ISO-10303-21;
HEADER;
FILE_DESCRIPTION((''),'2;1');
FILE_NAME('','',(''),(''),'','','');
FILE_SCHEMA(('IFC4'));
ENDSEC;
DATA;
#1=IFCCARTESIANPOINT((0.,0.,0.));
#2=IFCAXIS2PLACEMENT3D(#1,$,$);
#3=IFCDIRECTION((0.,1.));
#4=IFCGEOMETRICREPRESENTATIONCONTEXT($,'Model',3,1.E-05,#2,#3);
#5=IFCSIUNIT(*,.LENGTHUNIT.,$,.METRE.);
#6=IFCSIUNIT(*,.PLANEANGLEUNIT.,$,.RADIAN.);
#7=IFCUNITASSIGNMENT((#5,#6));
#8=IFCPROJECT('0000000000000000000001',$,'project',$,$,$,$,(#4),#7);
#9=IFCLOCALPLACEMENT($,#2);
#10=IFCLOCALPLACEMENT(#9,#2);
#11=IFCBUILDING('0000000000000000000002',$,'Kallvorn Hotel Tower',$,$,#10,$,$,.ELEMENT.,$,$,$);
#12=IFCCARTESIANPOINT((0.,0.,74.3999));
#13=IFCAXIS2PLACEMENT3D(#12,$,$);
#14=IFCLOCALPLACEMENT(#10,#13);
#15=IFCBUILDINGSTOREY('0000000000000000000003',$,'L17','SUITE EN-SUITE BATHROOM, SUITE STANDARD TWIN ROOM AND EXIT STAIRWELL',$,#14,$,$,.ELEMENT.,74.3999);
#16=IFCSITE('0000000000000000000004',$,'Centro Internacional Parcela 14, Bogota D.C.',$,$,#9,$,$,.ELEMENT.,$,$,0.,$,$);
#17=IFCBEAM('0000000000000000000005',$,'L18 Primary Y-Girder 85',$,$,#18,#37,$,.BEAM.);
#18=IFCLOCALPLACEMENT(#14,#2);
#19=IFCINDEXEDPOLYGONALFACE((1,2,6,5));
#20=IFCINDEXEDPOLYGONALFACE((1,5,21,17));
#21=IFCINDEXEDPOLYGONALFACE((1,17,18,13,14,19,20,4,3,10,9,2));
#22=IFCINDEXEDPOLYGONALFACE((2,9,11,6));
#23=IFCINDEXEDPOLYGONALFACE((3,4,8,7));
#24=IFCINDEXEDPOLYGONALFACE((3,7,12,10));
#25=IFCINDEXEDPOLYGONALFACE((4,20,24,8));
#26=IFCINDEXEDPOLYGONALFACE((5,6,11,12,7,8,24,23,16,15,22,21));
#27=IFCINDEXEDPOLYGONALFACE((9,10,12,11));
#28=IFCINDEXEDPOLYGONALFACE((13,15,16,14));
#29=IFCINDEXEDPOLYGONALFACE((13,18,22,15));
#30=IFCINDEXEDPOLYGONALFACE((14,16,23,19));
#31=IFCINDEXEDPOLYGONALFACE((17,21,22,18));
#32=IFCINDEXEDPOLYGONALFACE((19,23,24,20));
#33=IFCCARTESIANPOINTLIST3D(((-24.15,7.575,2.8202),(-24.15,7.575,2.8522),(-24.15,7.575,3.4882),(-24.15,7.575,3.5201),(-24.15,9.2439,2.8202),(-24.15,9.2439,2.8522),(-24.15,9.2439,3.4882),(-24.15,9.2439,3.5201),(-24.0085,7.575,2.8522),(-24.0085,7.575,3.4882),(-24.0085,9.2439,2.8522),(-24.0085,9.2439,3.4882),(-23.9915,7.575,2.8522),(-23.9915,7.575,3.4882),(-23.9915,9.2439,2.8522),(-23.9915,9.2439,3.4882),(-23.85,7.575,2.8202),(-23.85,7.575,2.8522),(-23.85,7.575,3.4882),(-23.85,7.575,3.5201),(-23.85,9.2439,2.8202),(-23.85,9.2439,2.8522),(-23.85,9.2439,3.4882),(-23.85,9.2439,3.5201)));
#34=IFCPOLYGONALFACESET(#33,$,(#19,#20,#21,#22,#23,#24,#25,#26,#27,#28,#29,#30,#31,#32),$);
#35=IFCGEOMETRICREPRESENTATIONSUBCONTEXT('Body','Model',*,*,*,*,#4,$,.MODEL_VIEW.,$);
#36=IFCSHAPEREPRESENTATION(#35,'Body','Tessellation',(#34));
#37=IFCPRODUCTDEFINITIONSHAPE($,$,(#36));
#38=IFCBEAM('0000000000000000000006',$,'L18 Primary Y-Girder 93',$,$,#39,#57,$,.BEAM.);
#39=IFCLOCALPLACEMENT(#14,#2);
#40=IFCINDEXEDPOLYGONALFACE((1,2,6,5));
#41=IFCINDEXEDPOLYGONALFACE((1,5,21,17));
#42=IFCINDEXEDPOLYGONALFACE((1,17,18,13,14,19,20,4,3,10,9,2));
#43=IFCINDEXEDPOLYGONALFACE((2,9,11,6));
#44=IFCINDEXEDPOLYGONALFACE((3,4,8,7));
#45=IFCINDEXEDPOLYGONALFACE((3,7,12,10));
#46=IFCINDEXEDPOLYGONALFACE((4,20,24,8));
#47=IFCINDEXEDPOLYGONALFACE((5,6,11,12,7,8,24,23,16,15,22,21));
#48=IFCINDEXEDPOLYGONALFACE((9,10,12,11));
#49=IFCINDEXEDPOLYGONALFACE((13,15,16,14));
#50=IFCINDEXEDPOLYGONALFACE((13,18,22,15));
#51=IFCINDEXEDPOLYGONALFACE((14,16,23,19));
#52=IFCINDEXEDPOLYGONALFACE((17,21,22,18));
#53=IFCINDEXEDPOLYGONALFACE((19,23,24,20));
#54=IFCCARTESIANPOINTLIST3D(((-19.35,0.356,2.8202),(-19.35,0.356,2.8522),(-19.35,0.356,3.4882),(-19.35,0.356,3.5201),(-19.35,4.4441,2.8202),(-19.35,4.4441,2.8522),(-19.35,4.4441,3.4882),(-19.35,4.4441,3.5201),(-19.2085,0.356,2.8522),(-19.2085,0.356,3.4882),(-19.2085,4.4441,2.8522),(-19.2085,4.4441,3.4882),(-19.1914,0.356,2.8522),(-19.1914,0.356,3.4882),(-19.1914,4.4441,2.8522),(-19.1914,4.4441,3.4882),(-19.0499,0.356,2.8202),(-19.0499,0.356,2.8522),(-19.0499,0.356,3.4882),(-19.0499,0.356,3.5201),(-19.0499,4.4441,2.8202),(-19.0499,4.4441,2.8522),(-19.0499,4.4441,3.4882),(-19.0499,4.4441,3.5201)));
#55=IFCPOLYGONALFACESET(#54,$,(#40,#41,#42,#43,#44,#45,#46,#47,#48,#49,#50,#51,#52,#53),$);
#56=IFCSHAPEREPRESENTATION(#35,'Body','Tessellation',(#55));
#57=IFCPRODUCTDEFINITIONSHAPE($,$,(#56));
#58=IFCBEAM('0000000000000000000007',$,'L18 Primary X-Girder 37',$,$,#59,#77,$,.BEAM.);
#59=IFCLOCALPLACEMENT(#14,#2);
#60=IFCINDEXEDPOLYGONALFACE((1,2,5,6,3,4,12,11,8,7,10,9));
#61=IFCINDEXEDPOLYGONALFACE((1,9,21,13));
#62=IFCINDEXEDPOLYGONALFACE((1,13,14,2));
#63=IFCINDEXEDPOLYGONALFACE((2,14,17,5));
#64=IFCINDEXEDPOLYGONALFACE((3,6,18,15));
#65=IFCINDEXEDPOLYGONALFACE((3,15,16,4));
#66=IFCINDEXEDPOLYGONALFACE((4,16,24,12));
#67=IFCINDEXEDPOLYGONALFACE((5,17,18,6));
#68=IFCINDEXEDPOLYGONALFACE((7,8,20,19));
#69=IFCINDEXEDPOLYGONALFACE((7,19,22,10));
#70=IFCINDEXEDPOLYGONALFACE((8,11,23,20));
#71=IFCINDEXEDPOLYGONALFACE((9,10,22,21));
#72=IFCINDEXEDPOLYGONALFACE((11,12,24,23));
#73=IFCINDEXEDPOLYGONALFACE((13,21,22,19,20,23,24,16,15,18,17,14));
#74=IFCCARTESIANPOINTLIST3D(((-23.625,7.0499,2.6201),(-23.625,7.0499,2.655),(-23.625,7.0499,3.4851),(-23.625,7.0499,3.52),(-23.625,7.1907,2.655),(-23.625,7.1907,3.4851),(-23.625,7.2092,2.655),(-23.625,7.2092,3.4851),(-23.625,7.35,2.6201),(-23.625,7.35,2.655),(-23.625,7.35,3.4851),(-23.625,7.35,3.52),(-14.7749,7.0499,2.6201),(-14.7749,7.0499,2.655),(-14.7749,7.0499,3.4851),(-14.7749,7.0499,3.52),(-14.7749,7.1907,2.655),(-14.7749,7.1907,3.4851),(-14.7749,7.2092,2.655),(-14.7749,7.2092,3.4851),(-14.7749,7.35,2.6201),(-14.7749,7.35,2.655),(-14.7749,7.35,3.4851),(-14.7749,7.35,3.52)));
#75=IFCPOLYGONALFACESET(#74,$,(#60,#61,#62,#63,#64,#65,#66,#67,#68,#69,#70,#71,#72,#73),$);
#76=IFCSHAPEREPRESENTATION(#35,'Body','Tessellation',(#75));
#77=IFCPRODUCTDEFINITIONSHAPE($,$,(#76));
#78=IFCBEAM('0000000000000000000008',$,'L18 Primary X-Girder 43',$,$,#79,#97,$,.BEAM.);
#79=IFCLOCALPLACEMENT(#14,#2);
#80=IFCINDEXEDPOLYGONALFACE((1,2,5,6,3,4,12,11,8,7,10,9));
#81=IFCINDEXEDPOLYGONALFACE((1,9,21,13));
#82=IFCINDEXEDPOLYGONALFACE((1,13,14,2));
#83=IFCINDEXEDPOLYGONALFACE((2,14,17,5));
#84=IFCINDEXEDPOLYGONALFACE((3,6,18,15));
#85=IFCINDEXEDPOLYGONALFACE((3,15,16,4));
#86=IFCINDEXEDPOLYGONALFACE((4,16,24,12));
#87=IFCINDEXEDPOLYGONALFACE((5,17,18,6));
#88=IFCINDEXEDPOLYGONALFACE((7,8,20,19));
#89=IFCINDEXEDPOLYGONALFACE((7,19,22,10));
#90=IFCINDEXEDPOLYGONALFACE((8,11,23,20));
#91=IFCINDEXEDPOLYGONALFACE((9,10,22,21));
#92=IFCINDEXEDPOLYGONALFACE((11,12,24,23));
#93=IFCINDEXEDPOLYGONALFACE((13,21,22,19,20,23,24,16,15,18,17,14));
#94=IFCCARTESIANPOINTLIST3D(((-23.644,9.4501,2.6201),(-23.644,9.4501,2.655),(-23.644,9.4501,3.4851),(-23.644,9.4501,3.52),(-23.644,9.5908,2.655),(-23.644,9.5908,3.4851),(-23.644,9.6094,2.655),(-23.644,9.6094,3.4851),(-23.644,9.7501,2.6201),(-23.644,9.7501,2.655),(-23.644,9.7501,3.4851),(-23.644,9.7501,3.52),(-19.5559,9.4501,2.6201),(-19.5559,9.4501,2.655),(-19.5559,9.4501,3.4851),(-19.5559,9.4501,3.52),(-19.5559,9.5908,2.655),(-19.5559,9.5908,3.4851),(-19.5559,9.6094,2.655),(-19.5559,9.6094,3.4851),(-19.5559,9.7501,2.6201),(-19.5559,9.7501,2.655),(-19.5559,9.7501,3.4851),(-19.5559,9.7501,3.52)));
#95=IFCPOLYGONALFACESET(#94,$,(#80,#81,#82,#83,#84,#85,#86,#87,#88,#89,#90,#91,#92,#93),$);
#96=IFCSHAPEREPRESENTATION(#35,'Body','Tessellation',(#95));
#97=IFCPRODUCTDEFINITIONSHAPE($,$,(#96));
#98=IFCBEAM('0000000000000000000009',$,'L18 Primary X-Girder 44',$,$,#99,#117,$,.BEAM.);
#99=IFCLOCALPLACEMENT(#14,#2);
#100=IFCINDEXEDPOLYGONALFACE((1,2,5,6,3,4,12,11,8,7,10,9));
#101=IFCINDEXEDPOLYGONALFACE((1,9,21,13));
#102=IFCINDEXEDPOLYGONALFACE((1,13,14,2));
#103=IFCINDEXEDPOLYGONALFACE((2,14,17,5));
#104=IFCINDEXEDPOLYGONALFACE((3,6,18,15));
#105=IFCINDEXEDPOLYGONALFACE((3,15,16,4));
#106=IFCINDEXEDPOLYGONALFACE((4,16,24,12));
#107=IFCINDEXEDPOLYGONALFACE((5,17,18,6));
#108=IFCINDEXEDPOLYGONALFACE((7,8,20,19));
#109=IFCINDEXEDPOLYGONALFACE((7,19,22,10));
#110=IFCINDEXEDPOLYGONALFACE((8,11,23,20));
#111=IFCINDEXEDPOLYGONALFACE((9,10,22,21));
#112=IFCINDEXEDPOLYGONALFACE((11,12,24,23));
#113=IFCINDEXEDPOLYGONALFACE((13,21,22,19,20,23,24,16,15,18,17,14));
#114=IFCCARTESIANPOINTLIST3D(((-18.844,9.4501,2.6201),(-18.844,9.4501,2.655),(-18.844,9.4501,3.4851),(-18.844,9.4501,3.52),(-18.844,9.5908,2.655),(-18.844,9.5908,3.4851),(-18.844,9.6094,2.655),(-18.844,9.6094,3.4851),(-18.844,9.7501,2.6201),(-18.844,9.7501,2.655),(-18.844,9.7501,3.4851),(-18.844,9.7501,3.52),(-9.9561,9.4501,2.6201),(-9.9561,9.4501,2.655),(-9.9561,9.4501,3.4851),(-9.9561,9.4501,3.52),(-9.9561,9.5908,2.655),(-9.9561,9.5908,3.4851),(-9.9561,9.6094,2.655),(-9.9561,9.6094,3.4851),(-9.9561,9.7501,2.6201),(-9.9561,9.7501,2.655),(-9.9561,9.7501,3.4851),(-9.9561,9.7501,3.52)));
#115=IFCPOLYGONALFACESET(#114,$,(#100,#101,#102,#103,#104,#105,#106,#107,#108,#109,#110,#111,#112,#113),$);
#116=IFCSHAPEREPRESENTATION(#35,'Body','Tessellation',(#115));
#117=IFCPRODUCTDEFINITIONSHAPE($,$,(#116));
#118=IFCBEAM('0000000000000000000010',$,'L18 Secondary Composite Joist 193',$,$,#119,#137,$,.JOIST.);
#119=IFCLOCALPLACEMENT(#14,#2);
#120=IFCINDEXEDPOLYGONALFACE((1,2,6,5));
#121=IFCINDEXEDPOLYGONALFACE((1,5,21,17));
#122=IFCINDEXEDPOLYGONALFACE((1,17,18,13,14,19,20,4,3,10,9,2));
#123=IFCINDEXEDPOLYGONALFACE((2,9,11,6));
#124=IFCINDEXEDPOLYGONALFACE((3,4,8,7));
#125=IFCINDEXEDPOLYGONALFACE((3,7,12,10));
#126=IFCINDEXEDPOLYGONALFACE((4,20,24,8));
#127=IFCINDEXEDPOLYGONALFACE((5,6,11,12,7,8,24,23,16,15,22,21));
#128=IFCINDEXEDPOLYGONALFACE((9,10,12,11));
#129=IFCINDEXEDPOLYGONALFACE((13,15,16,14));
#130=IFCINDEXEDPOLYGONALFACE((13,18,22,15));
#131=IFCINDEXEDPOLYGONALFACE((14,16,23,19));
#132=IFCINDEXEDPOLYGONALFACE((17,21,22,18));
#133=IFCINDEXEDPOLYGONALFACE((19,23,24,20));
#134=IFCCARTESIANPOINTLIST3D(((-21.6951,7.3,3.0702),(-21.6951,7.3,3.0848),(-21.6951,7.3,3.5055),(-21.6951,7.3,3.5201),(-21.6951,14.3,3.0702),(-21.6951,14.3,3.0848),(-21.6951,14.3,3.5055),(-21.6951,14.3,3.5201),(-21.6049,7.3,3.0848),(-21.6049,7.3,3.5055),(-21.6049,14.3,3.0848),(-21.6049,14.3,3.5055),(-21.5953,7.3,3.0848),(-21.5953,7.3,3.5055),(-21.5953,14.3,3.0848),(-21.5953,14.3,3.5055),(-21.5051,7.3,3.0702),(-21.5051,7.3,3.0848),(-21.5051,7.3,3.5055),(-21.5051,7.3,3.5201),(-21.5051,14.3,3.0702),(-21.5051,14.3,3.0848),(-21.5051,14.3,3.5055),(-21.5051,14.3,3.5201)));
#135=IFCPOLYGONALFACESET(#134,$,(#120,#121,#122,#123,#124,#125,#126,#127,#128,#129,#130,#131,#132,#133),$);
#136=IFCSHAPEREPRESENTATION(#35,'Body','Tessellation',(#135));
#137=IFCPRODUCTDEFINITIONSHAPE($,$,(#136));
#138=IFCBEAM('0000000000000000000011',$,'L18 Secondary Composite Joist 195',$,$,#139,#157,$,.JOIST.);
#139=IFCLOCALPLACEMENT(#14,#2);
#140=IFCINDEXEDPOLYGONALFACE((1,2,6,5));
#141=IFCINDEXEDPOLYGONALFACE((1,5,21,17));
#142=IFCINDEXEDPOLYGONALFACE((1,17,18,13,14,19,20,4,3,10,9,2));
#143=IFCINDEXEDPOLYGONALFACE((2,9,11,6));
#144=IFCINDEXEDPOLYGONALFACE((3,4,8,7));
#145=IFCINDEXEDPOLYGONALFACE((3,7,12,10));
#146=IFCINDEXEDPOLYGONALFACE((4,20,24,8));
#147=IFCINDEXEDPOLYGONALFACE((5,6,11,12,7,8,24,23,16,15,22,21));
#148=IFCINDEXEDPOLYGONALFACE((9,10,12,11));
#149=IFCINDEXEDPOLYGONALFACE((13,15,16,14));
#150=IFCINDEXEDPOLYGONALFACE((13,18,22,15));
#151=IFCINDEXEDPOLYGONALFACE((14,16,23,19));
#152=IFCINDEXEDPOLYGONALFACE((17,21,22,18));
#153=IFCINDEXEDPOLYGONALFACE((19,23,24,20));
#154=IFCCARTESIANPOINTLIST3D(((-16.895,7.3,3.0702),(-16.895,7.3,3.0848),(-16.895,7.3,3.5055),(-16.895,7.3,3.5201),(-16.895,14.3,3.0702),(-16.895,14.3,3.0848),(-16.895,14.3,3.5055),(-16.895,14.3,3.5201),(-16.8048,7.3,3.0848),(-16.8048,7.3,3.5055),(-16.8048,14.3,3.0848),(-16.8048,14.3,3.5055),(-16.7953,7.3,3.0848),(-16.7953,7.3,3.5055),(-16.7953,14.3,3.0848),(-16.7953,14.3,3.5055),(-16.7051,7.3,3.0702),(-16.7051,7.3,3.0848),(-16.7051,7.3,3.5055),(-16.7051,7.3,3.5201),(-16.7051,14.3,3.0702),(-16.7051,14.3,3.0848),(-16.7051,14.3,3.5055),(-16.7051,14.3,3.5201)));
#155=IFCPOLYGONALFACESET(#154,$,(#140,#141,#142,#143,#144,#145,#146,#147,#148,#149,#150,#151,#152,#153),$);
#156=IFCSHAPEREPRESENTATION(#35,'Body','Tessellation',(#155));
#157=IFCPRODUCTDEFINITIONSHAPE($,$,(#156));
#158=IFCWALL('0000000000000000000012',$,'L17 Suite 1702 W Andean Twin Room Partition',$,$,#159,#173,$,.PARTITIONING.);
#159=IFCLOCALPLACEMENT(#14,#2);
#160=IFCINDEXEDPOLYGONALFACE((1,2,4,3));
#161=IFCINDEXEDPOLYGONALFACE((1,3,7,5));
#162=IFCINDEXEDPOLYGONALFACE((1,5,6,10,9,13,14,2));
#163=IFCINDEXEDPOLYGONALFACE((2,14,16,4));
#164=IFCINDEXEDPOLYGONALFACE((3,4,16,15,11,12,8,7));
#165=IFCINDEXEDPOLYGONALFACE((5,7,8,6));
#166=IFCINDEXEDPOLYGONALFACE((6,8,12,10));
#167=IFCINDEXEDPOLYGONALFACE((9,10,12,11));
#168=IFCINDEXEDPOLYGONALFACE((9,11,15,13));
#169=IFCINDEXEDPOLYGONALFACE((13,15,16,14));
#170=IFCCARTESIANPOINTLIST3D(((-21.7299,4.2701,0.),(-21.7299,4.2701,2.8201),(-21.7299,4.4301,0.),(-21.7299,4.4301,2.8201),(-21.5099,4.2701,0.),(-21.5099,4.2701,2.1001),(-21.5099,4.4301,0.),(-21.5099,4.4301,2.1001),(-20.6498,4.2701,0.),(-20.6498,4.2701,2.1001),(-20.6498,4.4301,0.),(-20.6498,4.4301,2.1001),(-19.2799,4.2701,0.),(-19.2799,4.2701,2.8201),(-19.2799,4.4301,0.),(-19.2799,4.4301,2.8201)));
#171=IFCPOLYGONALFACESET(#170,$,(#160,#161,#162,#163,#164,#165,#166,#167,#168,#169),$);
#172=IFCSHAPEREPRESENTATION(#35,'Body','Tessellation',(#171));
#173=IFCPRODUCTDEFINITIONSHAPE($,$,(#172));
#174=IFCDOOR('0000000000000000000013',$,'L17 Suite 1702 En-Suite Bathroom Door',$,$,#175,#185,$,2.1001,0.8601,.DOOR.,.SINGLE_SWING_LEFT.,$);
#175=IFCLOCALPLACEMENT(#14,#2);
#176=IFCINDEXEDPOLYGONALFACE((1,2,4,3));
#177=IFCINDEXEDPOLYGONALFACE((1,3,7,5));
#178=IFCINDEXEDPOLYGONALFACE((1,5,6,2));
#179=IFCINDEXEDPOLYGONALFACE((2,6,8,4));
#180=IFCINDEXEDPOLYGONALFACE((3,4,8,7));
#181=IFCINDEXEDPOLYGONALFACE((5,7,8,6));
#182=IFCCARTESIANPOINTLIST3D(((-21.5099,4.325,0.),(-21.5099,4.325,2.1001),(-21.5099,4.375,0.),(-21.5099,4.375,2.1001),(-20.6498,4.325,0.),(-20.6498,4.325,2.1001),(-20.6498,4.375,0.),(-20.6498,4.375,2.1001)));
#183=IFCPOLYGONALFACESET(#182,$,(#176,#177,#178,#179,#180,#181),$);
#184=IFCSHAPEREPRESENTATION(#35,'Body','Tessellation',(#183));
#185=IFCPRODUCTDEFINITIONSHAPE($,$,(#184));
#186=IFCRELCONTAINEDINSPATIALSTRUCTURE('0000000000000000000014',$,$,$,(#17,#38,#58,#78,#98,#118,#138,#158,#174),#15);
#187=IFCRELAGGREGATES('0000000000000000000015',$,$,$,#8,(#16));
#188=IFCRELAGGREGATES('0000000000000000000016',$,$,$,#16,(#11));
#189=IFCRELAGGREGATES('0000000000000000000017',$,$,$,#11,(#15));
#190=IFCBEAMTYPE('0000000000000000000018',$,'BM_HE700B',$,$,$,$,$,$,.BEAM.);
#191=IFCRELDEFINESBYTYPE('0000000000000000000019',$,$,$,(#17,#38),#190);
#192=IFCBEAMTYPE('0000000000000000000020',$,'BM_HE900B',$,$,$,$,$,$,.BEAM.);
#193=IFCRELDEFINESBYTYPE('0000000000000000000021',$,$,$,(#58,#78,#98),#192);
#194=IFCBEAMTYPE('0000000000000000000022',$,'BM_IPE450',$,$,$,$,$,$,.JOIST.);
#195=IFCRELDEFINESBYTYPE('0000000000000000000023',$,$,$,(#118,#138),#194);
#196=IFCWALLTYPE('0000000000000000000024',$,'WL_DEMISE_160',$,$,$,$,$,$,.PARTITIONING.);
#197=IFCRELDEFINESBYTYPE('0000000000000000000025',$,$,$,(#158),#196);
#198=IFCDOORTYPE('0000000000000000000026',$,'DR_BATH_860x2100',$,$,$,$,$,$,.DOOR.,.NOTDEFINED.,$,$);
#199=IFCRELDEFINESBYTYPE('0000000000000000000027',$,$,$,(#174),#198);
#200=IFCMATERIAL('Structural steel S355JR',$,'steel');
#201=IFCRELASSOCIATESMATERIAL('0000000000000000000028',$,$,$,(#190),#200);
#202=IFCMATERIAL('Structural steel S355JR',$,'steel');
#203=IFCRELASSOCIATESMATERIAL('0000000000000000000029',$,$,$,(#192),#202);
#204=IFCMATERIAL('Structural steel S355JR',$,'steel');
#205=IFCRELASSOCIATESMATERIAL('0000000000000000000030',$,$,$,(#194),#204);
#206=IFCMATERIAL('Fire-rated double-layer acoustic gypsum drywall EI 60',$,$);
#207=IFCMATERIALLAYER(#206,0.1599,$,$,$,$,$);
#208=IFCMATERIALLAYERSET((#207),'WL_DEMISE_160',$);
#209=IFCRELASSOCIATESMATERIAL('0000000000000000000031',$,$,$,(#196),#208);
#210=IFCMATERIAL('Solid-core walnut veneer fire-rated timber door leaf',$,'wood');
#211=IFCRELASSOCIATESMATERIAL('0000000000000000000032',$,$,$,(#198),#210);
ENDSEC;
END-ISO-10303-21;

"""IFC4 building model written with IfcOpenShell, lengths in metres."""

from ifc_helpers import new_model, si_unit, direction, frame, frame_2d, origin, origin_2d, place, context, subcontext, project, spatial, rectangle, i_section, extrude, material, layer, layer_set, material_profile, profile_set, type_object, element, fill, save


model = new_model("IFC4")

# Units and contexts
model_context = context("Model", 3, precision=1e-05, world=origin(), true_north=direction((0.0, 1.0)))
body_context = subcontext(model_context, "Body", "Model", "MODEL_VIEW")
ifc_project = project(units=[si_unit("LENGTHUNIT", "METRE"), si_unit("PLANEANGLEUNIT", "RADIAN")], contexts=[model_context])

# Site, building, storey
site_placement = place(None, origin())
site = spatial("IfcSite", under=ifc_project, at=site_placement, Name="Centro Internacional Parcela 14, Bogota D.C.", CompositionType="ELEMENT", RefElevation=0.0)
building_placement = place(site_placement, origin())
building = spatial("IfcBuilding", under=site, at=building_placement, Name="Kallvorn Hotel Tower", CompositionType="ELEMENT")
storey_placement = place(building_placement, frame((0.0, 0.0, 74.3999)))
storey = spatial("IfcBuildingStorey", under=building, at=storey_placement, Name="L17", Description="SUITE EN-SUITE BATHROOM, SUITE STANDARD TWIN ROOM AND EXIT STAIRWELL", CompositionType="ELEMENT", Elevation=74.3999)

# Beams
ifc_material_1 = material(Name="Structural steel S355JR", Category="steel")
ifc_material_profile_1 = material_profile(ifc_material_1, i_section(OverallWidth=0.3, OverallDepth=0.7, WebThickness=0.0171, FlangeThickness=0.032, at=origin_2d()), Name="HE 700 B")
ifc_profile_set_1 = profile_set([ifc_material_profile_1], Name="Structural steel S355JR")
beam_type_1 = type_object("IfcBeamType", Name="BM_HE700B", PredefinedType="BEAM", material=ifc_profile_set_1)
beam_1_placement = place(storey_placement, frame((-24.0, 7.575, 3.1702), z_axis=(0.0, 1.0, 0.0), x_axis=(-1.0, 0.0, 0.0)))
element("IfcBeam", 1, at=beam_1_placement, inside=storey, type_object=beam_type_1, Name="L18 Primary Y-Girder 85", PredefinedType="BEAM", context=body_context, shape_type="SweptSolid", body=[
    extrude(i_section(OverallWidth=0.3, OverallDepth=0.7, WebThickness=0.0171, FlangeThickness=0.032, at=origin_2d()), origin(), (0.0, 0.0, 1.0), 1.6689),
])
beam_2_placement = place(storey_placement, frame((-19.2, 0.356, 3.1702), z_axis=(0.0, 1.0, 0.0), x_axis=(-1.0, 0.0, 0.0)))
element("IfcBeam", 2, at=beam_2_placement, inside=storey, type_object=beam_type_1, Name="L18 Primary Y-Girder 93", PredefinedType="BEAM", context=body_context, shape_type="SweptSolid", body=[
    extrude(i_section(OverallWidth=0.3, OverallDepth=0.7, WebThickness=0.0171, FlangeThickness=0.032, at=origin_2d()), origin(), (0.0, 0.0, 1.0), 4.0881),
])
ifc_material_2 = material(Name="Structural steel S355JR", Category="steel")
ifc_material_profile_2 = material_profile(ifc_material_2, i_section(OverallWidth=0.3, OverallDepth=0.8999, WebThickness=0.0186, FlangeThickness=0.0349, at=origin_2d()), Name="HE 900 B")
ifc_profile_set_2 = profile_set([ifc_material_profile_2], Name="Structural steel S355JR")
beam_type_2 = type_object("IfcBeamType", Name="BM_HE900B", PredefinedType="BEAM", material=ifc_profile_set_2)
beam_3_placement = place(storey_placement, frame((-23.625, 7.2, 3.0701), z_axis=(1.0, 0.0, 0.0), x_axis=(0.0, 1.0, 0.0)))
element("IfcBeam", 3, at=beam_3_placement, inside=storey, type_object=beam_type_2, Name="L18 Primary X-Girder 37", PredefinedType="BEAM", context=body_context, shape_type="SweptSolid", body=[
    extrude(i_section(OverallWidth=0.3, OverallDepth=0.8999, WebThickness=0.0186, FlangeThickness=0.0349, at=origin_2d()), origin(), (0.0, 0.0, 1.0), 8.8501),
])
beam_4_placement = place(storey_placement, frame((-23.644, 9.6001, 3.0701), z_axis=(1.0, 0.0, 0.0), x_axis=(0.0, 1.0, 0.0)))
element("IfcBeam", 4, at=beam_4_placement, inside=storey, type_object=beam_type_2, Name="L18 Primary X-Girder 43", PredefinedType="BEAM", context=body_context, shape_type="SweptSolid", body=[
    extrude(i_section(OverallWidth=0.3, OverallDepth=0.8999, WebThickness=0.0186, FlangeThickness=0.0349, at=origin_2d()), origin(), (0.0, 0.0, 1.0), 4.0881),
])
beam_5_placement = place(storey_placement, frame((-18.844, 9.6001, 3.0701), z_axis=(1.0, 0.0, 0.0), x_axis=(0.0, 1.0, 0.0)))
element("IfcBeam", 5, at=beam_5_placement, inside=storey, type_object=beam_type_2, Name="L18 Primary X-Girder 44", PredefinedType="BEAM", context=body_context, shape_type="SweptSolid", body=[
    extrude(i_section(OverallWidth=0.3, OverallDepth=0.8999, WebThickness=0.0186, FlangeThickness=0.0349, at=origin_2d()), origin(), (0.0, 0.0, 1.0), 8.8879),
])
ifc_material_3 = material(Name="Structural steel S355JR", Category="steel")
ifc_material_profile_3 = material_profile(ifc_material_3, i_section(OverallWidth=0.1899, OverallDepth=0.45, WebThickness=0.0095, FlangeThickness=0.0146, at=origin_2d()), Name="IPE 450")
ifc_profile_set_3 = profile_set([ifc_material_profile_3], Name="Structural steel S355JR")
beam_type_3 = type_object("IfcBeamType", Name="BM_IPE450", PredefinedType="JOIST", material=ifc_profile_set_3)
for number, where, z_axis, x_axis, name in (
    (6, (-21.6001, 7.3, 3.2952), (0.0, 1.0, 0.0), (-1.0, 0.0, 0.0), "L18 Secondary Composite Joist 193"),
    (7, (-16.8, 7.3, 3.2952), (0.0, 1.0, 0.0), (-1.0, 0.0, 0.0), "L18 Secondary Composite Joist 195"),
):
    element("IfcBeam", number, at=place(storey_placement, frame(where, z_axis=z_axis, x_axis=x_axis)), inside=storey, type_object=beam_type_3, Name=name, PredefinedType="JOIST", context=body_context, shape_type="SweptSolid", body=[
        extrude(i_section(OverallWidth=0.1899, OverallDepth=0.45, WebThickness=0.0095, FlangeThickness=0.0146, at=origin_2d()), origin(), (0.0, 0.0, 1.0), 7.0),
    ])

# Wall, opening, door
ifc_material_4 = material(Name="Fire-rated double-layer acoustic gypsum drywall EI 60")
ifc_layer_1 = layer(ifc_material_4, 0.1599)
ifc_layer_set_1 = layer_set([ifc_layer_1], Name="WL_DEMISE_160")
wall_type_1 = type_object("IfcWallType", Name="WL_DEMISE_160", PredefinedType="PARTITIONING", material=ifc_layer_set_1)
wall_1_placement = place(storey_placement, frame((-21.73, 4.3501, 0.0), z_axis=(0.0, 0.0, 1.0), x_axis=(1.0, 0.0, 0.0)))
wall_1 = element("IfcWall", 8, at=wall_1_placement, inside=storey, type_object=wall_type_1, Name="L17 Suite 1702 W Andean Twin Room Partition", PredefinedType="PARTITIONING", context=body_context, shape_type="SweptSolid", body=[
    extrude(rectangle(XDim=2.45, YDim=0.1599, at=frame_2d((1.2251, 0.0))), origin(), (0.0, 0.0, 1.0), 2.8201),
])
opening_1_placement = place(wall_1_placement, frame((0.22, 0.0, 0.0)))
opening_1 = element("IfcOpeningElement", 9, at=opening_1_placement, cuts=wall_1, PredefinedType="OPENING", context=body_context, shape_type="SweptSolid", body=[
    extrude(rectangle(XDim=0.8601, YDim=2.1001, at=frame_2d((0.4302, 1.05))), frame((0.0, 0.095, 0.0), z_axis=(0.0, -1.0, 0.0), x_axis=(1.0, 0.0, 0.0)), (0.0, 0.0, 1.0), 0.1899),
])
ifc_material_5 = material(Name="Solid-core walnut veneer fire-rated timber door leaf", Category="wood")
door_type_1 = type_object("IfcDoorType", Name="DR_BATH_860x2100", OperationType="NOTDEFINED", PredefinedType="DOOR", material=ifc_material_5)
door_1_placement = place(opening_1_placement, origin())
door_1 = element("IfcDoor", 10, at=door_1_placement, inside=storey, type_object=door_type_1, Name="L17 Suite 1702 En-Suite Bathroom Door", OperationType="SINGLE_SWING_LEFT", OverallHeight=2.1001, OverallWidth=0.8601, PredefinedType="DOOR", context=body_context, shape_type="SweptSolid", body=[
    extrude(rectangle(XDim=0.8601, YDim=2.1001, at=frame_2d((0.4302, 1.05))), frame((0.0, 0.0249, 0.0), z_axis=(0.0, -1.0, 0.0), x_axis=(1.0, 0.0, 0.0)), (0.0, 0.0, 1.0), 0.05),
])
fill(opening_1, door_1)

save(model, "model.ifc")
